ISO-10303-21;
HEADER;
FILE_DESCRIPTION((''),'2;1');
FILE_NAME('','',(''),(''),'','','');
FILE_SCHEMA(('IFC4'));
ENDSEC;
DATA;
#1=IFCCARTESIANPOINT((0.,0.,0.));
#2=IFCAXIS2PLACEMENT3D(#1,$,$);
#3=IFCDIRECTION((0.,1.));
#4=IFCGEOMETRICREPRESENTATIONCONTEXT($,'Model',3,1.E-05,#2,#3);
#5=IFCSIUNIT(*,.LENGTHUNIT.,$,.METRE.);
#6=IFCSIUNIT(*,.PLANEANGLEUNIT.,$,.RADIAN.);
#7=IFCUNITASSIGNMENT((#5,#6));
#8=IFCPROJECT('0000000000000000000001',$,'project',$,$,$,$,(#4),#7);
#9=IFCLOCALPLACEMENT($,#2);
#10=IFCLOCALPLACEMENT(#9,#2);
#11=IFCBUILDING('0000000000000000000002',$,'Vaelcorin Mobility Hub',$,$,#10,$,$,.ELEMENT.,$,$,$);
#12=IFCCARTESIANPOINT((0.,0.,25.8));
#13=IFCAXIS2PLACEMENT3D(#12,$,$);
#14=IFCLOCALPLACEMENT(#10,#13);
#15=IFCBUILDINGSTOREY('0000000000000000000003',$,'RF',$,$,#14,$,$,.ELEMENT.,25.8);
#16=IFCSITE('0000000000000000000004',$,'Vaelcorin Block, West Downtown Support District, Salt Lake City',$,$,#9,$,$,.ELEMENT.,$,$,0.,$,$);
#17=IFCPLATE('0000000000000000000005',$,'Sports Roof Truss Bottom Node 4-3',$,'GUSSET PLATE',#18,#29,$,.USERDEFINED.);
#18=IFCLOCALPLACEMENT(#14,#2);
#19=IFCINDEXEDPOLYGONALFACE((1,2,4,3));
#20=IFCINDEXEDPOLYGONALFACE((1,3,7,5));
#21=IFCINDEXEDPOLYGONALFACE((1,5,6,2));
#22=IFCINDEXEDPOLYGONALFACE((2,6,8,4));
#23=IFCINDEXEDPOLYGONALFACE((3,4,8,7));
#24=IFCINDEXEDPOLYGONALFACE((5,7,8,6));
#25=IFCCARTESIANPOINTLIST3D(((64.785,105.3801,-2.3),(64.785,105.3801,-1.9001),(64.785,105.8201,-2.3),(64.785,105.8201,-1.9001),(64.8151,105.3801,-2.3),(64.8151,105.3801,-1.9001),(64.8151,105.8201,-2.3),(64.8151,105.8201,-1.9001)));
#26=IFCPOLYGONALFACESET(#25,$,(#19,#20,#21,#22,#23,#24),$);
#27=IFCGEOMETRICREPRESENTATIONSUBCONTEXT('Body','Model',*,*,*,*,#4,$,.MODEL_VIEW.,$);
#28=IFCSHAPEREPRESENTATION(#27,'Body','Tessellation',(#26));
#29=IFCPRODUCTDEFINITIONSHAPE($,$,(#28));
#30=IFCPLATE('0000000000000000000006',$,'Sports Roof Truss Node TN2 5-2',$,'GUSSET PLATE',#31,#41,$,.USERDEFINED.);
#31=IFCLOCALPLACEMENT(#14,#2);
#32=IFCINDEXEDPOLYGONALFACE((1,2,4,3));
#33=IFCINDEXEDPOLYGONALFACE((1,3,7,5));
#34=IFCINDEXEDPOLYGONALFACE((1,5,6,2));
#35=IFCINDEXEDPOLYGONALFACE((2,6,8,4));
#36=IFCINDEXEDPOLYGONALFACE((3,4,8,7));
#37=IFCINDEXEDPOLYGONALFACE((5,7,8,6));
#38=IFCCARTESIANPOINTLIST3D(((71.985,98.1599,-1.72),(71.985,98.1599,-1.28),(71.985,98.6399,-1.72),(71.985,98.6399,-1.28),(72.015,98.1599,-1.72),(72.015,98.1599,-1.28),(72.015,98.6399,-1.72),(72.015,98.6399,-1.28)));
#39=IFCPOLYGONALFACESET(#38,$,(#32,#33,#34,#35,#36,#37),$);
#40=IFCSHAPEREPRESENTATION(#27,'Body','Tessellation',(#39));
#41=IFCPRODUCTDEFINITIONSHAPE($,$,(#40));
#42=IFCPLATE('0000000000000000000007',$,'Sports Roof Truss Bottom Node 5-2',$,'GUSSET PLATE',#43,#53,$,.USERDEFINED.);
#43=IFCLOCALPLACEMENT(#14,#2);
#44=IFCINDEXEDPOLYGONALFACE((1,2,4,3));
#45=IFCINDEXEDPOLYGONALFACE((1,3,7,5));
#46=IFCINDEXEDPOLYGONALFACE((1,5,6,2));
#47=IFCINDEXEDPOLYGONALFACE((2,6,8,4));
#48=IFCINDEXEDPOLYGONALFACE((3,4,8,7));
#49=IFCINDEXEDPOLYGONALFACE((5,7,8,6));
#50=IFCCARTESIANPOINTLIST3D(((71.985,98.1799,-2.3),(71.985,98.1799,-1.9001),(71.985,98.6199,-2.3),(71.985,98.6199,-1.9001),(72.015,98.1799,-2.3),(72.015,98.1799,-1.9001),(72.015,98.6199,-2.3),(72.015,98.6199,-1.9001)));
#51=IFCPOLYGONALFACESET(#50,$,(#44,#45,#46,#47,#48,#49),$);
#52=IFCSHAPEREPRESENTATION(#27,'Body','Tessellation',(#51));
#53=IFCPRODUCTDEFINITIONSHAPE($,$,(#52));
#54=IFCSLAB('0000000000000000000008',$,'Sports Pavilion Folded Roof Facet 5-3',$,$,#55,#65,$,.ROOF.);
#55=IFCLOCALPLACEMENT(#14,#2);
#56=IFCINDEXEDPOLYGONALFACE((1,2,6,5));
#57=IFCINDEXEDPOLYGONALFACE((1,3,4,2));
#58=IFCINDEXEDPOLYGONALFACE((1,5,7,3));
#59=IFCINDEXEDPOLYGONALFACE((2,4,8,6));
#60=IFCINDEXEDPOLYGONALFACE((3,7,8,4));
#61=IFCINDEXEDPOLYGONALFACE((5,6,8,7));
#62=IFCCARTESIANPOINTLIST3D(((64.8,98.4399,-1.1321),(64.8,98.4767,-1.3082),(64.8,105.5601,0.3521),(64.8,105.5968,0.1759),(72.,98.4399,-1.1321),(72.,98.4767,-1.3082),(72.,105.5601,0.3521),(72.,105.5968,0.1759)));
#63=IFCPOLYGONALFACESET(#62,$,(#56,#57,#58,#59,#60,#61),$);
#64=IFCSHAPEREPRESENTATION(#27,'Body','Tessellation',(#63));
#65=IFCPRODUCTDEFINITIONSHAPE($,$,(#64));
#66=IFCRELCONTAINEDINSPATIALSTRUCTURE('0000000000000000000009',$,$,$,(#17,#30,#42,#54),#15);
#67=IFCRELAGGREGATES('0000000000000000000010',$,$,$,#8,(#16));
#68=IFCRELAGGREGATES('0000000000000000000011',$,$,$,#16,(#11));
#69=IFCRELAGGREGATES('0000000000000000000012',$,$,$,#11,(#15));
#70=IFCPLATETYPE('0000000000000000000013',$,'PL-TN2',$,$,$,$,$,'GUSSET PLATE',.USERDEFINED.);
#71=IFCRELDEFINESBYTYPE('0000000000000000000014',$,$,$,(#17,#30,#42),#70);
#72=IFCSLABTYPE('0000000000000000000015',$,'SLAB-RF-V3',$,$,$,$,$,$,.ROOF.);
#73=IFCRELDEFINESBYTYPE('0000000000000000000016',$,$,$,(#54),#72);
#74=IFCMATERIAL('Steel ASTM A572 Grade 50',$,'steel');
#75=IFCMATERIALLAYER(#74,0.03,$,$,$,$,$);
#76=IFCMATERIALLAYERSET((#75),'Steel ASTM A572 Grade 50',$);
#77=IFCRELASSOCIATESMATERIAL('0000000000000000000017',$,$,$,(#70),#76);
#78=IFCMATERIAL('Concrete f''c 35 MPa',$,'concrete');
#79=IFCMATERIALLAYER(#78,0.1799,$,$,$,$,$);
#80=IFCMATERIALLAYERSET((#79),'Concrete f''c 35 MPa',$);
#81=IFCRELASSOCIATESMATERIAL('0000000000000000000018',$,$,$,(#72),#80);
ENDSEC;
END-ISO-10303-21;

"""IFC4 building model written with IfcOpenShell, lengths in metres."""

from ifc_helpers import new_model, si_unit, direction, frame, origin, origin_2d, place, context, subcontext, project, spatial, polyline, rectangle, outline, extrude, material, layer, layer_set, type_object, element, save


model = new_model("IFC4")

# Units and contexts
model_context = context("Model", 3, precision=1e-05, world=origin(), true_north=direction((0.0, 1.0)))
body_context = subcontext(model_context, "Body", "Model", "MODEL_VIEW")
ifc_project = project(units=[si_unit("LENGTHUNIT", "METRE"), si_unit("PLANEANGLEUNIT", "RADIAN")], contexts=[model_context])

# Site, building, storey
site_placement = place(None, origin())
site = spatial("IfcSite", under=ifc_project, at=site_placement, Name="Vaelcorin Block, West Downtown Support District, Salt Lake City", CompositionType="ELEMENT", RefElevation=0.0)
building_placement = place(site_placement, origin())
building = spatial("IfcBuilding", under=site, at=building_placement, Name="Vaelcorin Mobility Hub", CompositionType="ELEMENT")
storey_placement = place(building_placement, frame((0.0, 0.0, 25.8)))
storey = spatial("IfcBuildingStorey", under=building, at=storey_placement, Name="RF", CompositionType="ELEMENT", Elevation=25.8)

# Plates
ifc_material_1 = material(Name="Steel ASTM A572 Grade 50", Category="steel")
ifc_layer_1 = layer(ifc_material_1, 0.03)
ifc_layer_set_1 = layer_set([ifc_layer_1], Name="Steel ASTM A572 Grade 50")
plate_type = type_object("IfcPlateType", Name="PL-TN2", ElementType="GUSSET PLATE", PredefinedType="USERDEFINED", material=ifc_layer_set_1)
plate_1_placement = place(storey_placement, frame((64.8, 105.6001, -2.3), z_axis=(0.0, 0.0, 1.0), x_axis=(1.0, 0.0, 0.0)))
element("IfcPlate", 1, at=plate_1_placement, inside=storey, type_object=plate_type, Name="Sports Roof Truss Bottom Node 4-3", ObjectType="GUSSET PLATE", PredefinedType="USERDEFINED", context=body_context, shape_type="SweptSolid", body=[
    extrude(rectangle(XDim=0.03, YDim=0.4399, at=origin_2d()), origin(), (0.0, 0.0, 1.0), 0.3999),
])
plate_2_placement = place(storey_placement, frame((72.0, 98.3999, -1.72), z_axis=(0.0, 0.0, 1.0), x_axis=(1.0, 0.0, 0.0)))
element("IfcPlate", 2, at=plate_2_placement, inside=storey, type_object=plate_type, Name="Sports Roof Truss Node TN2 5-2", ObjectType="GUSSET PLATE", PredefinedType="USERDEFINED", context=body_context, shape_type="SweptSolid", body=[
    extrude(rectangle(XDim=0.03, YDim=0.48, at=origin_2d()), origin(), (0.0, 0.0, 1.0), 0.4399),
])
plate_3_placement = place(storey_placement, frame((72.0, 98.3999, -2.3), z_axis=(0.0, 0.0, 1.0), x_axis=(1.0, 0.0, 0.0)))
element("IfcPlate", 3, at=plate_3_placement, inside=storey, type_object=plate_type, Name="Sports Roof Truss Bottom Node 5-2", ObjectType="GUSSET PLATE", PredefinedType="USERDEFINED", context=body_context, shape_type="SweptSolid", body=[
    extrude(rectangle(XDim=0.03, YDim=0.4399, at=origin_2d()), origin(), (0.0, 0.0, 1.0), 0.3999),
])

# Slab
ifc_material_2 = material(Name="Concrete f'c 35 MPa", Category="concrete")
ifc_layer_2 = layer(ifc_material_2, 0.1799)
ifc_layer_set_2 = layer_set([ifc_layer_2], Name="Concrete f'c 35 MPa")
slab_type = type_object("IfcSlabType", Name="SLAB-RF-V3", PredefinedType="ROOF", material=ifc_layer_set_2)
slab_placement = place(storey_placement, frame((64.8, 98.4399, -1.1321), z_axis=(0.0, -0.204056, 0.978959), x_axis=(1.0, 0.0, 0.0)))
element("IfcSlab", 4, at=slab_placement, inside=storey, type_object=slab_type, Name="Sports Pavilion Folded Roof Facet 5-3", PredefinedType="ROOF", context=body_context, shape_type="SweptSolid", body=[
    extrude(outline(polyline([(0.0, 0.0), (7.2, 0.0), (7.2, 7.2732), (0.0, 7.2732), (0.0, 0.0)])), origin(), (0.0, 0.0, -1.0), 0.1799),
])

save(model, "model.ifc")
